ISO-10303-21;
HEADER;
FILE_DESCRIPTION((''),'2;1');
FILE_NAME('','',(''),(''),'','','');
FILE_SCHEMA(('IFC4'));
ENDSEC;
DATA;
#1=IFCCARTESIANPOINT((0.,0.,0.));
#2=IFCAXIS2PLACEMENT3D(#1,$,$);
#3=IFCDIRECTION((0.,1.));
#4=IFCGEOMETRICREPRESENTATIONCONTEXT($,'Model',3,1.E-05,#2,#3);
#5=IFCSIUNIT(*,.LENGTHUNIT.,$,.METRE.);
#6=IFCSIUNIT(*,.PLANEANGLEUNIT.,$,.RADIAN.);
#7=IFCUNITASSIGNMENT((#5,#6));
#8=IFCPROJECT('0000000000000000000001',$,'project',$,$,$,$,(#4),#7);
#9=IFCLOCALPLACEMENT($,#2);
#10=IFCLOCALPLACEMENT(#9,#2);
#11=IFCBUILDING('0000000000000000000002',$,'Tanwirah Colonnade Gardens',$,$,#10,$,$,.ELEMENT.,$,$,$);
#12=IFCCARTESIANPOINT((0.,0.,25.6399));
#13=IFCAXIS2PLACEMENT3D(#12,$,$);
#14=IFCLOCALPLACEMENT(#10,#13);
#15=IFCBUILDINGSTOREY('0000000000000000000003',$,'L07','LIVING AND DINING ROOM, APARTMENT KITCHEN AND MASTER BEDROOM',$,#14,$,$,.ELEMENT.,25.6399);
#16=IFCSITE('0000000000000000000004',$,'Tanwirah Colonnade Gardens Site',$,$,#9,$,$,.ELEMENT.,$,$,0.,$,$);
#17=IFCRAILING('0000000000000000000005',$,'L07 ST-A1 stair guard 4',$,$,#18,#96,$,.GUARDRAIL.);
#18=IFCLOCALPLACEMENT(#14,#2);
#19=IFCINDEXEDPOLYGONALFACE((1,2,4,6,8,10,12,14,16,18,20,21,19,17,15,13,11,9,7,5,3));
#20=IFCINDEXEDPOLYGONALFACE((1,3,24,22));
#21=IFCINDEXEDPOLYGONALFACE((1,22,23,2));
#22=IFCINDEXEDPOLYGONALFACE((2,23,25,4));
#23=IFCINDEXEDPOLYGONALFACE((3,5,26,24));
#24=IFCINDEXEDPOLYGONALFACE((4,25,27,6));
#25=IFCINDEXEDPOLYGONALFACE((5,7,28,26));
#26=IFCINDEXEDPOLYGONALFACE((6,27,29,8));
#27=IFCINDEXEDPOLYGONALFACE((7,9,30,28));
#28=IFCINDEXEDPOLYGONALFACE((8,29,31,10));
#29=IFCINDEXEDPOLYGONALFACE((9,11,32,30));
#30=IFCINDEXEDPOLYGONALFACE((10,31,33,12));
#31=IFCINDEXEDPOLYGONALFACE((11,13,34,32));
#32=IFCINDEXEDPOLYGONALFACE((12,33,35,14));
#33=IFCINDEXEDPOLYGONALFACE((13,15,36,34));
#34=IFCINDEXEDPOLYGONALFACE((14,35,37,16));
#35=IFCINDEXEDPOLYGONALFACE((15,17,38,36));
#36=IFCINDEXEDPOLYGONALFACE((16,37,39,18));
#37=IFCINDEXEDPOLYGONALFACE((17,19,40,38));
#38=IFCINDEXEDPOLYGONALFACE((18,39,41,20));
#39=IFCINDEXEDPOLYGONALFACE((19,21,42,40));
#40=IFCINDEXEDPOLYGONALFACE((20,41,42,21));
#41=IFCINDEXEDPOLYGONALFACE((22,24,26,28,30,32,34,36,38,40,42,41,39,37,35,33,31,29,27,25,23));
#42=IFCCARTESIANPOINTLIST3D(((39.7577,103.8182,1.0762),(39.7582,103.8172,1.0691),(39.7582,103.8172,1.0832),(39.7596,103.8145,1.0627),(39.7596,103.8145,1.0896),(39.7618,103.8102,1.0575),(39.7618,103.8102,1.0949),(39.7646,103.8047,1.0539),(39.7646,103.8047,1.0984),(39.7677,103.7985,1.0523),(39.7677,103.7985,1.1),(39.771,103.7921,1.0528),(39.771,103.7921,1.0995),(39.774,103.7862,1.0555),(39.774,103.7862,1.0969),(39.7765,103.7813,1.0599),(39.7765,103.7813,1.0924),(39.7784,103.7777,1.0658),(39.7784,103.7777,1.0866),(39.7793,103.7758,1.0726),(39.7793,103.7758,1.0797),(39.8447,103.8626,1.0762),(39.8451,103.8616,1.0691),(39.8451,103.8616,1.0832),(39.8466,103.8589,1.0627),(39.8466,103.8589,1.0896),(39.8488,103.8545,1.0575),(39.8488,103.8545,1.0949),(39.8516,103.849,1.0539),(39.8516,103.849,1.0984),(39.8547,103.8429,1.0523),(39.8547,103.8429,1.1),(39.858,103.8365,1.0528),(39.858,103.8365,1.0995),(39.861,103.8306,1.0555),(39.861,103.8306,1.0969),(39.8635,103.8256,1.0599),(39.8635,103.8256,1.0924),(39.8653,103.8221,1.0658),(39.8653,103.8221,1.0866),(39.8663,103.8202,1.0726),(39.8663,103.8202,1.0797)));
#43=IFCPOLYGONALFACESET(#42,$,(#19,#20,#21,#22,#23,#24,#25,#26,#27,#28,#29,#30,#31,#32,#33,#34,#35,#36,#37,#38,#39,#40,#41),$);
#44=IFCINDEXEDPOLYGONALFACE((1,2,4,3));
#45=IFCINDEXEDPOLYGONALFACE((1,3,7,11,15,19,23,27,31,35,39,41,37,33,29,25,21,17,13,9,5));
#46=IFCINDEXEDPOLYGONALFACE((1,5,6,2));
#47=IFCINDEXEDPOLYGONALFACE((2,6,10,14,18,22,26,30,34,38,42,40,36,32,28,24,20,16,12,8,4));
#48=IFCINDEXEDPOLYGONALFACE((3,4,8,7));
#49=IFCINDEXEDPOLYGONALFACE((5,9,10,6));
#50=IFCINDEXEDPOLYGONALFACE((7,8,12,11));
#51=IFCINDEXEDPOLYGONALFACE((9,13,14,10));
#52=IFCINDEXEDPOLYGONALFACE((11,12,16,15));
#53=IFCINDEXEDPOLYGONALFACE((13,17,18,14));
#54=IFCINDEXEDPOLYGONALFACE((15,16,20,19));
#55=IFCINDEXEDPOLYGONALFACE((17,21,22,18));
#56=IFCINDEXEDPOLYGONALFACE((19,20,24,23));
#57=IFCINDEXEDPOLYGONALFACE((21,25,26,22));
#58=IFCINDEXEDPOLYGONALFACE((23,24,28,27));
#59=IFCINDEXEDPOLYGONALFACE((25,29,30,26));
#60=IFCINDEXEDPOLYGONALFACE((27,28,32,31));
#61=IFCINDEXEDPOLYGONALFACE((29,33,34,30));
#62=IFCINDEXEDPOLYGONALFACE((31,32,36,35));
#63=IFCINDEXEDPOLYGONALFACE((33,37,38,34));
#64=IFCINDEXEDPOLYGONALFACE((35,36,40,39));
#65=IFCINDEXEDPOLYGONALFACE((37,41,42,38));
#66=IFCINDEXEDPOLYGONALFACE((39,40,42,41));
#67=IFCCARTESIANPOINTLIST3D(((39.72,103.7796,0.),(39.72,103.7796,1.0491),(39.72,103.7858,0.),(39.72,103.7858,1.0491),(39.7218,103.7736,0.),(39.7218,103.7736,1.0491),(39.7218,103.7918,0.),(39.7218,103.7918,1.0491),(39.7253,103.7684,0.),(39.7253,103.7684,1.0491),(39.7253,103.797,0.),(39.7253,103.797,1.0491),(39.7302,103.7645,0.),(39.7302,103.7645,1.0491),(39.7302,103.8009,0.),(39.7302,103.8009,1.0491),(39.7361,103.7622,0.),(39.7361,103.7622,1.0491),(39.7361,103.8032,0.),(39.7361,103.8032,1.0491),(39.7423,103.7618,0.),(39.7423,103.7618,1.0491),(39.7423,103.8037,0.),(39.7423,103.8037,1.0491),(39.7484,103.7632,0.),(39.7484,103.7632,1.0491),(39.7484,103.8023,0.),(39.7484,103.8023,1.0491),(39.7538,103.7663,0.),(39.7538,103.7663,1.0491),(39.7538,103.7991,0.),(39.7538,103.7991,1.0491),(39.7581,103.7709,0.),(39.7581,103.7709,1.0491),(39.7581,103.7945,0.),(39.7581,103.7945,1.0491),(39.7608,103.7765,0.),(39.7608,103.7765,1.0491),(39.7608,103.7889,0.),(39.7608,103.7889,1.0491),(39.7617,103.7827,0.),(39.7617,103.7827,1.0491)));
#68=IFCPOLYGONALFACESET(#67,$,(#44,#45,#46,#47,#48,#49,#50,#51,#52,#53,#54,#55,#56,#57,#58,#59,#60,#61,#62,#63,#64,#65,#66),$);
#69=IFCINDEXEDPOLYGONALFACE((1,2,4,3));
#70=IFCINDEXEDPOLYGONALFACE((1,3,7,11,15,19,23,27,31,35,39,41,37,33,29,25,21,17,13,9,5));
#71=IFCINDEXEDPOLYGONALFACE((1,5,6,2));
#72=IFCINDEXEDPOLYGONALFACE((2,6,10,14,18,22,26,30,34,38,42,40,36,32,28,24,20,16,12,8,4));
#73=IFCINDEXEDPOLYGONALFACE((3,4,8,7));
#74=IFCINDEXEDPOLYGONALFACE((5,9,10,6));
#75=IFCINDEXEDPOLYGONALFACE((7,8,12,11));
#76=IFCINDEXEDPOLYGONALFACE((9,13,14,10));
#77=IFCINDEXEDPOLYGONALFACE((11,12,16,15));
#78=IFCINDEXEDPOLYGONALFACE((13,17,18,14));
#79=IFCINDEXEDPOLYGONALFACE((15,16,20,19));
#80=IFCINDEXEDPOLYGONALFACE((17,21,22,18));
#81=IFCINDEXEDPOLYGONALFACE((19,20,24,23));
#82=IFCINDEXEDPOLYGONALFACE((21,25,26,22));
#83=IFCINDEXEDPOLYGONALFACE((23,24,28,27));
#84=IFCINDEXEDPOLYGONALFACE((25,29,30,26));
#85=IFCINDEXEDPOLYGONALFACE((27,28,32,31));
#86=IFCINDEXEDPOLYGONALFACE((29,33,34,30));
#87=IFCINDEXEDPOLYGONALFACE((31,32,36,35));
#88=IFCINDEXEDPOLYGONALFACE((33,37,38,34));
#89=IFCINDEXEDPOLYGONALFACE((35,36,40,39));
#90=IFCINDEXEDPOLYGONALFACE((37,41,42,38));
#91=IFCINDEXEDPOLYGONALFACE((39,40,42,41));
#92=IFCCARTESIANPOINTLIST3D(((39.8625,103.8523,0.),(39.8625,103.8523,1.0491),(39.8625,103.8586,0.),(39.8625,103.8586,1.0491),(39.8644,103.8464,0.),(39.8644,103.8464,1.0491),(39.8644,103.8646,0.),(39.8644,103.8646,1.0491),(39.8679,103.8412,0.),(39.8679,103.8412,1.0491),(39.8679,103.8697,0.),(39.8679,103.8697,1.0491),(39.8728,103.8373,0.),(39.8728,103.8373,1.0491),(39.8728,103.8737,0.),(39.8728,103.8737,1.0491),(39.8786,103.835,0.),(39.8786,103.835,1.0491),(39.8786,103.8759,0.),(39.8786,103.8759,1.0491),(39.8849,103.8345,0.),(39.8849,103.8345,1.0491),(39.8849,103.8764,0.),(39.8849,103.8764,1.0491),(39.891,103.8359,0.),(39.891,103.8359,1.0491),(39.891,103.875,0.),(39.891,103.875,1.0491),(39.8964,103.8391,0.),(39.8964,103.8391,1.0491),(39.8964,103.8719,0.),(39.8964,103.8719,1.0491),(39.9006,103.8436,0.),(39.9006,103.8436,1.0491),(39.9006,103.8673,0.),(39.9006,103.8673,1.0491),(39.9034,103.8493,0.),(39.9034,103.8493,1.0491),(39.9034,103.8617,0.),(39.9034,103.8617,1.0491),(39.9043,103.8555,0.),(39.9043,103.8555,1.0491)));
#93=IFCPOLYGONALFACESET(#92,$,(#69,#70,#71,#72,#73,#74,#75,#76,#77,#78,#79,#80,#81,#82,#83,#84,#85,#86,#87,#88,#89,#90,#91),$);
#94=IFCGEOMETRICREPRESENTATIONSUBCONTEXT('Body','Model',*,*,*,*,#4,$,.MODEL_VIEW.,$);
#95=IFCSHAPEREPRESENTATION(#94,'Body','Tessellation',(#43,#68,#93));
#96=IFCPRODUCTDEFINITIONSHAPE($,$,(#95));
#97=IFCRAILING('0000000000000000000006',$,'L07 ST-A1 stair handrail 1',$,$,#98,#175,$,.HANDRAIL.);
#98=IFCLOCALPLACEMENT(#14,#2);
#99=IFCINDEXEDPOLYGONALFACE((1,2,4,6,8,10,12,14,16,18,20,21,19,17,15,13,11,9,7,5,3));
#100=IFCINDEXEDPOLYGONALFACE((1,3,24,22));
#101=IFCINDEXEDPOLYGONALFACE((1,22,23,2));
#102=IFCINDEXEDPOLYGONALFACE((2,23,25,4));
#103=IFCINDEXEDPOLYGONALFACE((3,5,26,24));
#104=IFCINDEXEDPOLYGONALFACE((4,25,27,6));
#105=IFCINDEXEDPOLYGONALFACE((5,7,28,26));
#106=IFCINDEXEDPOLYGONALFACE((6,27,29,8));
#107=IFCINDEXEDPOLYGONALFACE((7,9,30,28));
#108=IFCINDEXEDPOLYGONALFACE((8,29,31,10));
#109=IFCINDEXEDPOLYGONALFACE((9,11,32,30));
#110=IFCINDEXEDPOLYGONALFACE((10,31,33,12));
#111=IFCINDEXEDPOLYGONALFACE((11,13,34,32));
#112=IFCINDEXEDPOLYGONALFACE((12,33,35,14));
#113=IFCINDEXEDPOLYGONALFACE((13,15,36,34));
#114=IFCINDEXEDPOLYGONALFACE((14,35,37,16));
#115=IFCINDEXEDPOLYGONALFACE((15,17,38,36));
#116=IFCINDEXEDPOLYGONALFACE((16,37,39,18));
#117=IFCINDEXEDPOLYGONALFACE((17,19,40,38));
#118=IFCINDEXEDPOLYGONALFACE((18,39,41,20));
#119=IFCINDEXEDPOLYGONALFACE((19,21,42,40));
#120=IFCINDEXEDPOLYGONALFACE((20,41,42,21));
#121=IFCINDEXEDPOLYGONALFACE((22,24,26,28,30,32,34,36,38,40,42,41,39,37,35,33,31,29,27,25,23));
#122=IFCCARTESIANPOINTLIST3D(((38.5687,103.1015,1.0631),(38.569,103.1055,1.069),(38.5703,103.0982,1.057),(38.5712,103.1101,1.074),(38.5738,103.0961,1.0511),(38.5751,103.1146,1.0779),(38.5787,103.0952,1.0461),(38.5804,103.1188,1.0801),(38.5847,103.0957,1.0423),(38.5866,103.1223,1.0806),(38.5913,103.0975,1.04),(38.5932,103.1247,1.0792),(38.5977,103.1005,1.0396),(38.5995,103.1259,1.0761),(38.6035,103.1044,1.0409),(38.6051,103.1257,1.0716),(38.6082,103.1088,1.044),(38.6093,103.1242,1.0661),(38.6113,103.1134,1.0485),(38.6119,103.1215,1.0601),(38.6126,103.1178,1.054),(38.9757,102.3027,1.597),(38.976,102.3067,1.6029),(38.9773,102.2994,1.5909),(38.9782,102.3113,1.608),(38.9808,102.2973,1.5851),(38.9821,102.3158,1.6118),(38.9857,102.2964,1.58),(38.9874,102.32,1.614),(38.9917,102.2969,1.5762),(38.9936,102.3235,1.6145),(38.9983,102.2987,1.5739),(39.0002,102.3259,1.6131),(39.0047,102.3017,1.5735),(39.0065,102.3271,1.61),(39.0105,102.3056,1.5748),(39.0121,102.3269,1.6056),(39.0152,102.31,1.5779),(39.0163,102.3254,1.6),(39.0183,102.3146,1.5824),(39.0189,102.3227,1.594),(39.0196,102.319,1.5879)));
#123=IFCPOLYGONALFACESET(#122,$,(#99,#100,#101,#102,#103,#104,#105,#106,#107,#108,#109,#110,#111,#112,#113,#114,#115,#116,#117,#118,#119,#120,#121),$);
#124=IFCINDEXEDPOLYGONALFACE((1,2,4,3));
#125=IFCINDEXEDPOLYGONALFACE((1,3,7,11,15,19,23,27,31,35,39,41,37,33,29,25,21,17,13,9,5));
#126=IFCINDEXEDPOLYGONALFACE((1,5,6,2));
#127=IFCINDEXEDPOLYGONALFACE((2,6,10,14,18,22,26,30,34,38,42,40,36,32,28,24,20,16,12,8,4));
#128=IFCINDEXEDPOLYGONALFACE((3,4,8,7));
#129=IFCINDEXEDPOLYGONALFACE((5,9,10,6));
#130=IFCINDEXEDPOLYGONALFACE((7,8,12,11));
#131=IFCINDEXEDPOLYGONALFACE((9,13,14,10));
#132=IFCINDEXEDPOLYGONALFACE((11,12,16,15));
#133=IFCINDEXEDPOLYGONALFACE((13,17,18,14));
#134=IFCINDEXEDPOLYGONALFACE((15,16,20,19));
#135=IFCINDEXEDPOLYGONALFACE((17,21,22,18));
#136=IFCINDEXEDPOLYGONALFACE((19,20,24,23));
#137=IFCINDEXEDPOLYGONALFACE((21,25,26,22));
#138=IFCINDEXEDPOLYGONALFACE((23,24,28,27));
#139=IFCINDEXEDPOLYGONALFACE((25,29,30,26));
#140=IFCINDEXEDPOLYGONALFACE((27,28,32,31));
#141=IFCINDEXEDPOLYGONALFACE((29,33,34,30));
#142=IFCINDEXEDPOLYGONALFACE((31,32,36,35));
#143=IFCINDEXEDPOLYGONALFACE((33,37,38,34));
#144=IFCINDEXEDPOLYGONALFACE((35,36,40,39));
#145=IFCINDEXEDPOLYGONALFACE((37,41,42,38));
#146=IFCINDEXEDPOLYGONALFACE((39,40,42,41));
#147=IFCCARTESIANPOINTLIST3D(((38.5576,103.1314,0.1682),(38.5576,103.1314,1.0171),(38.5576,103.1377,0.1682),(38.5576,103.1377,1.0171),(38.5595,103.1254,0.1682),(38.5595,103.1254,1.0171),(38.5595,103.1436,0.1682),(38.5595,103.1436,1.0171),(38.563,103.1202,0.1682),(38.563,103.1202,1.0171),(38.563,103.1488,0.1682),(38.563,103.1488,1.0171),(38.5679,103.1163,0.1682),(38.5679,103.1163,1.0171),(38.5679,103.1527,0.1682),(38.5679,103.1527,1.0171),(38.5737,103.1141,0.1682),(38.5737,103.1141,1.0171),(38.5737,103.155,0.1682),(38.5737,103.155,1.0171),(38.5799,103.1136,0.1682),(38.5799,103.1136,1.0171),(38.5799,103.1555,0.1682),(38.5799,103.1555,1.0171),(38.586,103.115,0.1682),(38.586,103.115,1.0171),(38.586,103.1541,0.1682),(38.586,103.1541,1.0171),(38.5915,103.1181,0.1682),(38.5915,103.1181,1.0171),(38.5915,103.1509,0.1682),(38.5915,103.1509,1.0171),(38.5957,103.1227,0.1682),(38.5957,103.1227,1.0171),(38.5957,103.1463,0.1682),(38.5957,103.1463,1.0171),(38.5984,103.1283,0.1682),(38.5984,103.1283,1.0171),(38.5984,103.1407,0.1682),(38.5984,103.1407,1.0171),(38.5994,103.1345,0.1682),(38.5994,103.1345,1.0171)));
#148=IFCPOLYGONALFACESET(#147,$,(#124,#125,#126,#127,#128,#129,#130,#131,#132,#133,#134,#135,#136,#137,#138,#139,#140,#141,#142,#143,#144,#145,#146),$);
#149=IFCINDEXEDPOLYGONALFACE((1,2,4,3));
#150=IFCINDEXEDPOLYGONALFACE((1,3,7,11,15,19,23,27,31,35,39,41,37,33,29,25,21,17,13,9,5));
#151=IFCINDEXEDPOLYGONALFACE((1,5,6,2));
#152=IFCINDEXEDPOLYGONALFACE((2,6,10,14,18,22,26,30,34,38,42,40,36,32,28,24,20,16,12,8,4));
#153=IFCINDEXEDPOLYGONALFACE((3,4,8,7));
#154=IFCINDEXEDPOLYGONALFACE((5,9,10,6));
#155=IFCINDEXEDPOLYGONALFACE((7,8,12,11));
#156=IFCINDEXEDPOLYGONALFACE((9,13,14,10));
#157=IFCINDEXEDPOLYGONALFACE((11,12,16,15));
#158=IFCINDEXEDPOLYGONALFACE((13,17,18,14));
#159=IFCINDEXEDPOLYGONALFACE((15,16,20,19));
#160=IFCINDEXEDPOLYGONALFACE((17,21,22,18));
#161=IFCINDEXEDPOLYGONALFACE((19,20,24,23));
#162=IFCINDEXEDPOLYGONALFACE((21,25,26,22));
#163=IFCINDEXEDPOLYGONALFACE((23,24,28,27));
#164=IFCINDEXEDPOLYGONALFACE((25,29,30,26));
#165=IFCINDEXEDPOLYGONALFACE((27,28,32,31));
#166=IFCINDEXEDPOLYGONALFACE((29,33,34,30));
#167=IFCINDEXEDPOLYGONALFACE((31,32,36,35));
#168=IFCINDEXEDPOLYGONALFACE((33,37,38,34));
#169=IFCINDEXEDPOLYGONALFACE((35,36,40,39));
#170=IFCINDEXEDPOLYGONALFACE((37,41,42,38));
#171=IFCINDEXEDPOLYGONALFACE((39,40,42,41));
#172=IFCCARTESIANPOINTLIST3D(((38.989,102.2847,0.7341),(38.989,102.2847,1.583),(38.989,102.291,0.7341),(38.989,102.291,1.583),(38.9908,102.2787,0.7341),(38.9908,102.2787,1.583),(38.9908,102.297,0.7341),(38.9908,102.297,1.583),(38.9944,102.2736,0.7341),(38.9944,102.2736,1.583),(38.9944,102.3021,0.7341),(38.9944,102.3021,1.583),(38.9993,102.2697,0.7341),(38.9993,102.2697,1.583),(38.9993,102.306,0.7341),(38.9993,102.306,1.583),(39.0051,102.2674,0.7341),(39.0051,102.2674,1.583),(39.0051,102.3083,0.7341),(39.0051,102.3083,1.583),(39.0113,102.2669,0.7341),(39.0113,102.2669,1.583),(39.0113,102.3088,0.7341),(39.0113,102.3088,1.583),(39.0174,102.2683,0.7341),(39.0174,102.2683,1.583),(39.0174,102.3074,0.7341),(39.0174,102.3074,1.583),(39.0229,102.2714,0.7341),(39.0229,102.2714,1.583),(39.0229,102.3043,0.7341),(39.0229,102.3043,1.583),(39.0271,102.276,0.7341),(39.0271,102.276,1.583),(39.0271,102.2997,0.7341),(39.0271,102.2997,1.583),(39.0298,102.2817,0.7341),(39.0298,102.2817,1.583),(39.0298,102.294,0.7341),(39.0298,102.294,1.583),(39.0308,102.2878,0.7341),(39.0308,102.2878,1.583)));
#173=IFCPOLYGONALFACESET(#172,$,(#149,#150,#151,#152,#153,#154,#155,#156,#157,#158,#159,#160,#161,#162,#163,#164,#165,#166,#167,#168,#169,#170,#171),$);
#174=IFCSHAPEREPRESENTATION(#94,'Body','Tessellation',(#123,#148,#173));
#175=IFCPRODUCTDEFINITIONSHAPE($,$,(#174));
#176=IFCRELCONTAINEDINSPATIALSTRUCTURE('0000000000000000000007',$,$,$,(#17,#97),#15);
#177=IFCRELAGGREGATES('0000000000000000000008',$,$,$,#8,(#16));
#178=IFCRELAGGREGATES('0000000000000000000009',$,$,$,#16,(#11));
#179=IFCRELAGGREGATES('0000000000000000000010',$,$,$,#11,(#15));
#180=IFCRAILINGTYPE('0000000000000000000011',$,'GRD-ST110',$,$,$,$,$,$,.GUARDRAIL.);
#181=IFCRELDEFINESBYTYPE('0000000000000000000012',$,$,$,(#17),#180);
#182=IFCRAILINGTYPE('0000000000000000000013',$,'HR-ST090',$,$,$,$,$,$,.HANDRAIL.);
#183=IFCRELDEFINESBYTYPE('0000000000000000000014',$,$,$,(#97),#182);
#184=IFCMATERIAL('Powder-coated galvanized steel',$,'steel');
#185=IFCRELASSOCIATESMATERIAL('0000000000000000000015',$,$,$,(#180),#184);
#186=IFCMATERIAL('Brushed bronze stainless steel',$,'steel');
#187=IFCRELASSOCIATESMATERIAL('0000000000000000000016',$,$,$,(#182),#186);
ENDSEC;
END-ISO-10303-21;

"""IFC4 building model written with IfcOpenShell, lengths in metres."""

from ifc_helpers import new_model, si_unit, direction, frame, origin, origin_2d, place, context, subcontext, project, spatial, circle, extrude, material, type_object, element, save


model = new_model("IFC4")

# Units and contexts
model_context = context("Model", 3, precision=1e-05, world=origin(), true_north=direction((0.0, 1.0)))
body_context = subcontext(model_context, "Body", "Model", "MODEL_VIEW")
ifc_project = project(units=[si_unit("LENGTHUNIT", "METRE"), si_unit("PLANEANGLEUNIT", "RADIAN")], contexts=[model_context])

# Site, building, storey
site_placement = place(None, origin())
site = spatial("IfcSite", under=ifc_project, at=site_placement, Name="Tanwirah Colonnade Gardens Site", CompositionType="ELEMENT", RefElevation=0.0)
building_placement = place(site_placement, origin())
building = spatial("IfcBuilding", under=site, at=building_placement, Name="Tanwirah Colonnade Gardens", CompositionType="ELEMENT")
storey_placement = place(building_placement, frame((0.0, 0.0, 25.6399)))
storey = spatial("IfcBuildingStorey", under=building, at=storey_placement, Name="L07", Description="LIVING AND DINING ROOM, APARTMENT KITCHEN AND MASTER BEDROOM", CompositionType="ELEMENT", Elevation=25.6399)

# Railings
ifc_material_1 = material(Name="Powder-coated galvanized steel", Category="steel")
railing_type_1 = type_object("IfcRailingType", Name="GRD-ST110", PredefinedType="GUARDRAIL", material=ifc_material_1)
railing_1_placement = place(storey_placement, frame((39.7407, 103.7827, 0.0)))
element("IfcRailing", 1, at=railing_1_placement, inside=storey, type_object=railing_type_1, Name="L07 ST-A1 stair guard 4", PredefinedType="GUARDRAIL", context=body_context, shape_type="SweptSolid", body=[
    extrude(circle(Radius=0.0239, at=origin_2d()), frame((0.0278, 0.0142, 1.0762), z_axis=(0.890737, 0.45452, 0.0), x_axis=(-0.45452, 0.890737, 0.0)), (0.0, 0.0, 1.0), 0.0977),
    extrude(circle(Radius=0.021, at=origin_2d()), origin(), (0.0, 0.0, 1.0), 1.0491),
    extrude(circle(Radius=0.021, at=origin_2d()), frame((0.1426, 0.0728, 0.0)), (0.0, 0.0, 1.0), 1.0491),
])
ifc_material_2 = material(Name="Brushed bronze stainless steel", Category="steel")
railing_type_2 = type_object("IfcRailingType", Name="HR-ST090", PredefinedType="HANDRAIL", material=ifc_material_2)
railing_2_placement = place(storey_placement, frame((38.5784, 103.1345, 0.1682)))
element("IfcRailing", 2, at=railing_2_placement, inside=storey, type_object=railing_type_2, Name="L07 ST-A1 stair handrail 1", PredefinedType="HANDRAIL", context=body_context, shape_type="SweptSolid", body=[
    extrude(circle(Radius=0.0239, at=origin_2d()), frame((0.0122, -0.0239, 0.8918), z_axis=(0.390052, -0.765534, 0.511681), x_axis=(0.89101, 0.453984, 0.0)), (0.0, 0.0, 1.0), 1.0435),
    extrude(circle(Radius=0.021, at=origin_2d()), origin(), (0.0, 0.0, 1.0), 0.8489),
    extrude(circle(Radius=0.021, at=origin_2d()), frame((0.4314, -0.8467, 0.5659)), (0.0, 0.0, 1.0), 0.8489),
])

save(model, "model.ifc")
